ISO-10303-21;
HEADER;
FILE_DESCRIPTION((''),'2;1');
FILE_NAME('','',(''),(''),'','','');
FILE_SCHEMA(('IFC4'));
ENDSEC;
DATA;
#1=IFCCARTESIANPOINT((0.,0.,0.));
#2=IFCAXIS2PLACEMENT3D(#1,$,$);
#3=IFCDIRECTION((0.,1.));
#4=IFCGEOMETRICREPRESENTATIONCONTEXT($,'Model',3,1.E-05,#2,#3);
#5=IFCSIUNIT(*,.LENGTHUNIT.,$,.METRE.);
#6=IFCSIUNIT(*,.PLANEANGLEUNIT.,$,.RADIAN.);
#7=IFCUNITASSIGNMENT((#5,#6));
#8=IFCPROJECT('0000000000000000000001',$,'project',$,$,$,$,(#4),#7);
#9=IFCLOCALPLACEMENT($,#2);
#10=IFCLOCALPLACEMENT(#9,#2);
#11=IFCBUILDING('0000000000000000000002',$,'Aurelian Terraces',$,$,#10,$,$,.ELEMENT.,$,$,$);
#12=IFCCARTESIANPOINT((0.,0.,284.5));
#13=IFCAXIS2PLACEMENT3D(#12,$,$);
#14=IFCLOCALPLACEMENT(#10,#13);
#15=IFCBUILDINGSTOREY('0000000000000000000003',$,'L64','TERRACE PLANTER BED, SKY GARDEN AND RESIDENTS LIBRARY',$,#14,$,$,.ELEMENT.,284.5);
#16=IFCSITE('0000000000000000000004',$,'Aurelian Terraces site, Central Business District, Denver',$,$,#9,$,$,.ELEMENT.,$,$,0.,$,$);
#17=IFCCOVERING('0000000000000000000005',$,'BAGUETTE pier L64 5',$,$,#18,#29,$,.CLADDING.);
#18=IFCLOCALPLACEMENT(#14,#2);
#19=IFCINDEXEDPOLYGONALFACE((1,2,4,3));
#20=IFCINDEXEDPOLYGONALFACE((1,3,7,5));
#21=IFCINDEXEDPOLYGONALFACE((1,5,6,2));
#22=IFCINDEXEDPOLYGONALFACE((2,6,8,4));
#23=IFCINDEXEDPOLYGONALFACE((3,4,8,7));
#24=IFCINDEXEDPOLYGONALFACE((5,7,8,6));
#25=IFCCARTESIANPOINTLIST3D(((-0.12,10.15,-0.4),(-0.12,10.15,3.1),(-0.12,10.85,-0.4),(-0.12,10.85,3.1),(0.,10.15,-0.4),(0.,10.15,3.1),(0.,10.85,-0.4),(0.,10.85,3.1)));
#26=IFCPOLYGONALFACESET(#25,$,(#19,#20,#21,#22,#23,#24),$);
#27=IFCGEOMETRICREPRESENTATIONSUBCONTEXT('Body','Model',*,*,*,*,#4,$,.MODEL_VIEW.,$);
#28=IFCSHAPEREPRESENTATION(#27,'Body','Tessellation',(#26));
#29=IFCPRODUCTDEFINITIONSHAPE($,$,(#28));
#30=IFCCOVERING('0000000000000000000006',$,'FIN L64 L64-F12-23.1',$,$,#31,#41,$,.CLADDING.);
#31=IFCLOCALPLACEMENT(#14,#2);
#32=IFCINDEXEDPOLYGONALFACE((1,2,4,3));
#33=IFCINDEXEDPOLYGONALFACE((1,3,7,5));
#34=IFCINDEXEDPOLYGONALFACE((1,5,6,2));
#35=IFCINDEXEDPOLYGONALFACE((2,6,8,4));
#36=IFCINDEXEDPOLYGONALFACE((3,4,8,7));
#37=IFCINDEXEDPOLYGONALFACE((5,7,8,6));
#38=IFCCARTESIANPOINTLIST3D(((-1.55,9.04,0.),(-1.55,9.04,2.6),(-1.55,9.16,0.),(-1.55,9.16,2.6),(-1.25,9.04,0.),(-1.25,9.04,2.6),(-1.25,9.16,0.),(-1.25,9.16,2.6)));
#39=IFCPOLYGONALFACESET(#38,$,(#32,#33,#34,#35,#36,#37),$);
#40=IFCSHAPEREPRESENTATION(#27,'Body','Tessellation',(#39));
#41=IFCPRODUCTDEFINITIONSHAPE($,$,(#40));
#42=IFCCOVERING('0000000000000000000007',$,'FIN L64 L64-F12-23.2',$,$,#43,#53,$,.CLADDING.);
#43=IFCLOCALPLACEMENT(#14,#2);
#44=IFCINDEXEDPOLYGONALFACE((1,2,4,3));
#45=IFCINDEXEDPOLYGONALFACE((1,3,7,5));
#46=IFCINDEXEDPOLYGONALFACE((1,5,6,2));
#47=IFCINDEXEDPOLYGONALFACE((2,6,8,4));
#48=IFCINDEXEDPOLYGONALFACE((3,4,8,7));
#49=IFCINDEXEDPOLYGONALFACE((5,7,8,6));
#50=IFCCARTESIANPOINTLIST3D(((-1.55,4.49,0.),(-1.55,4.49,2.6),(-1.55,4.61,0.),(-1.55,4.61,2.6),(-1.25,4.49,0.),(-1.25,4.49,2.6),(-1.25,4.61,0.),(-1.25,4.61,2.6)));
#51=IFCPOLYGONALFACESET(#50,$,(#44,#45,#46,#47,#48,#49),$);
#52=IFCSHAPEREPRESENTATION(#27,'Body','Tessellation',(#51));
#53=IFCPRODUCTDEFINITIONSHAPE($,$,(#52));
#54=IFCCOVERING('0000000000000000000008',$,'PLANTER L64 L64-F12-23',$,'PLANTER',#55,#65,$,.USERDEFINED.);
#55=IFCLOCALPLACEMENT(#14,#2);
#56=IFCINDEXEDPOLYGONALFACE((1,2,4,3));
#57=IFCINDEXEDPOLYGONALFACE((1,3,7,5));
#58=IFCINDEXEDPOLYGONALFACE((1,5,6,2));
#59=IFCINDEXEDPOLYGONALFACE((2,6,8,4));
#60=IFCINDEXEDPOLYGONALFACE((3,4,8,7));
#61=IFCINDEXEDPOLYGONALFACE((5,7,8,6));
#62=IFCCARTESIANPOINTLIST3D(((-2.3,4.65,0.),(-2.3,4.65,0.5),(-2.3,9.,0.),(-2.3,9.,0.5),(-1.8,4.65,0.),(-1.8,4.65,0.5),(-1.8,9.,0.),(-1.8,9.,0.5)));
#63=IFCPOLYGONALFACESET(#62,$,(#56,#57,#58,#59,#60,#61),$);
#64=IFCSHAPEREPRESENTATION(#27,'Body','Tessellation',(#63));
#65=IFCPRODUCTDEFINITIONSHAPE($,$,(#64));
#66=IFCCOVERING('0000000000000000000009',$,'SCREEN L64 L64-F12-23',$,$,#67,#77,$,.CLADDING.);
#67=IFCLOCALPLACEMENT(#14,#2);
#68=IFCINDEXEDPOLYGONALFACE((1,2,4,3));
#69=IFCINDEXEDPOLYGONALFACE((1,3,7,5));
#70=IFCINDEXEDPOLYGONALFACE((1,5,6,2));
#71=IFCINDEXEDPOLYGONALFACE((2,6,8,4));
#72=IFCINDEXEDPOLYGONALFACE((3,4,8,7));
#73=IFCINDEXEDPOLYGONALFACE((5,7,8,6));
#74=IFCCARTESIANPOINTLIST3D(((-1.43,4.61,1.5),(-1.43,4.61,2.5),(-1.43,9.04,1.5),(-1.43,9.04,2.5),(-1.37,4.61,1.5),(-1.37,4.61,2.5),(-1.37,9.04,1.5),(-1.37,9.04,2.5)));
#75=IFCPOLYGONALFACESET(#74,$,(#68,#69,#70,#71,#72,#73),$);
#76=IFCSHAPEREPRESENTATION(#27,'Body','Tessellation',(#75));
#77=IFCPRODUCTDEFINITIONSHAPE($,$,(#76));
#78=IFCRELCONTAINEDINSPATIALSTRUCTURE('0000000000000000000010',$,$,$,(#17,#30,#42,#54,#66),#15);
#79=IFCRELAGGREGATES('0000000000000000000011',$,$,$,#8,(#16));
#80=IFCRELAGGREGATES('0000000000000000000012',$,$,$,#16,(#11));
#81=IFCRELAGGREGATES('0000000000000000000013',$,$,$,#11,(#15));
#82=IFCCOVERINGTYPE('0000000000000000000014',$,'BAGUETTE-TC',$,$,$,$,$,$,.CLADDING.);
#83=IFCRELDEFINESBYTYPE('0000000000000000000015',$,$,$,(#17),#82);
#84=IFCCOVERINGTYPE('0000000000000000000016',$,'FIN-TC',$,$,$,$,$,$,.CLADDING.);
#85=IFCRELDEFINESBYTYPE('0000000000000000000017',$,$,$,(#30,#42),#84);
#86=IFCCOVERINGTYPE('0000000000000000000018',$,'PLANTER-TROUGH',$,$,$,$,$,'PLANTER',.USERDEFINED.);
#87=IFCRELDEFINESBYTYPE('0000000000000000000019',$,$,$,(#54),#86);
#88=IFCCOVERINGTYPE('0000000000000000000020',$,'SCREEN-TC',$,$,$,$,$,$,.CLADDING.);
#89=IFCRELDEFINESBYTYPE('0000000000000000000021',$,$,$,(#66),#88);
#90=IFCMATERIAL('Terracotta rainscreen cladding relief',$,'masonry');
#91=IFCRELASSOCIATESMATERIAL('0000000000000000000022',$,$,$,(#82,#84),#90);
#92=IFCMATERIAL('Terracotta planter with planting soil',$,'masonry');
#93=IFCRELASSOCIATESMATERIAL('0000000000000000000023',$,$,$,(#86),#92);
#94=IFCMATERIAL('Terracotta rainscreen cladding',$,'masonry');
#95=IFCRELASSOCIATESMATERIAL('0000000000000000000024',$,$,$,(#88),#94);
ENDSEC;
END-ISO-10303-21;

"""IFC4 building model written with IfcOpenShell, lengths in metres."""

from ifc_helpers import new_model, si_unit, direction, frame, origin, origin_2d, place, context, subcontext, project, spatial, rectangle, extrude, source, transform, mapped, material, type_object, element, save


model = new_model("IFC4")

# Units and contexts
model_context = context("Model", 3, precision=1e-05, world=origin(), true_north=direction((0.0, 1.0)))
body_context = subcontext(model_context, "Body", "Model", "MODEL_VIEW")
ifc_project = project(units=[si_unit("LENGTHUNIT", "METRE"), si_unit("PLANEANGLEUNIT", "RADIAN")], contexts=[model_context])

# Site, building, storey
site_placement = place(None, origin())
site = spatial("IfcSite", under=ifc_project, at=site_placement, Name="Aurelian Terraces site, Central Business District, Denver", CompositionType="ELEMENT", RefElevation=0.0)
building_placement = place(site_placement, origin())
building = spatial("IfcBuilding", under=site, at=building_placement, Name="Aurelian Terraces", CompositionType="ELEMENT")
storey_placement = place(building_placement, frame((0.0, 0.0, 284.5)))
storey = spatial("IfcBuildingStorey", under=building, at=storey_placement, Name="L64", Description="TERRACE PLANTER BED, SKY GARDEN AND RESIDENTS LIBRARY", CompositionType="ELEMENT", Elevation=284.5)

# Shared definitions
ifc_material_1 = material(Name="Terracotta rainscreen cladding", Category="masonry")

# Coverings
ifc_material_2 = material(Name="Terracotta rainscreen cladding relief", Category="masonry")
covering_type_1 = type_object("IfcCoveringType", Name="BAGUETTE-TC", PredefinedType="CLADDING", material=ifc_material_2)
covering_1_placement = place(storey_placement, frame((-0.06, 10.5, -0.4), z_axis=(0.0, 0.0, 1.0), x_axis=(1.0, 0.0, 0.0)))
element("IfcCovering", 1, at=covering_1_placement, inside=storey, type_object=covering_type_1, Name="BAGUETTE pier L64 5", PredefinedType="CLADDING", context=body_context, shape_type="SweptSolid", body=[
    extrude(rectangle(XDim=0.12, YDim=0.7, at=origin_2d()), origin(), (0.0, 0.0, 1.0), 3.5),
])
covering_type_2 = type_object("IfcCoveringType", Name="FIN-TC", PredefinedType="CLADDING", material=ifc_material_2)
shared_shape_1 = source(origin(), body_context, "Body", "SweptSolid", [
    extrude(rectangle(XDim=0.3, YDim=0.12, at=origin_2d()), origin(), (0.0, 0.0, 1.0), 2.6),
])
for number, where, z_axis, x_axis, name in (
    (2, (-1.4, 9.1, 0.0), (0.0, 0.0, 1.0), (1.0, 0.0, 0.0), "FIN L64 L64-F12-23.1"),
    (3, (-1.4, 4.55, 0.0), (0.0, 0.0, 1.0), (1.0, 0.0, 0.0), "FIN L64 L64-F12-23.2"),
):
    element("IfcCovering", number, at=place(storey_placement, frame(where, z_axis=z_axis, x_axis=x_axis)), inside=storey, type_object=covering_type_2, Name=name, PredefinedType="CLADDING", context=body_context, shape_type="MappedRepresentation", body=[
        mapped(shared_shape_1, transform((0.0, 0.0, 0.0), scale=1.0)),
    ])

# Coverings
ifc_material_3 = material(Name="Terracotta planter with planting soil", Category="masonry")
covering_type_3 = type_object("IfcCoveringType", Name="PLANTER-TROUGH", ElementType="PLANTER", PredefinedType="USERDEFINED", material=ifc_material_3)
shared_shape_2 = source(origin(), body_context, "Body", "SweptSolid", [
    extrude(rectangle(XDim=0.5, YDim=4.35, at=origin_2d()), origin(), (0.0, 0.0, 1.0), 0.5),
])
covering_2_placement = place(storey_placement, frame((-2.05, 6.825, 0.0), z_axis=(0.0, 0.0, 1.0), x_axis=(1.0, 0.0, 0.0)))
element("IfcCovering", 4, at=covering_2_placement, inside=storey, type_object=covering_type_3, Name="PLANTER L64 L64-F12-23", ObjectType="PLANTER", PredefinedType="USERDEFINED", context=body_context, shape_type="MappedRepresentation", body=[
    mapped(shared_shape_2, transform((0.0, 0.0, 0.0), scale=1.0)),
])
covering_type_4 = type_object("IfcCoveringType", Name="SCREEN-TC", PredefinedType="CLADDING", material=ifc_material_1)
shared_shape_3 = source(origin(), body_context, "Body", "SweptSolid", [
    extrude(rectangle(XDim=0.06, YDim=4.43, at=origin_2d()), origin(), (0.0, 0.0, 1.0), 1.0),
])
covering_3_placement = place(storey_placement, frame((-1.4, 6.825, 1.5), z_axis=(0.0, 0.0, 1.0), x_axis=(1.0, 0.0, 0.0)))
element("IfcCovering", 5, at=covering_3_placement, inside=storey, type_object=covering_type_4, Name="SCREEN L64 L64-F12-23", PredefinedType="CLADDING", context=body_context, shape_type="MappedRepresentation", body=[
    mapped(shared_shape_3, transform((0.0, 0.0, 0.0), scale=1.0)),
])

save(model, "model.ifc")
